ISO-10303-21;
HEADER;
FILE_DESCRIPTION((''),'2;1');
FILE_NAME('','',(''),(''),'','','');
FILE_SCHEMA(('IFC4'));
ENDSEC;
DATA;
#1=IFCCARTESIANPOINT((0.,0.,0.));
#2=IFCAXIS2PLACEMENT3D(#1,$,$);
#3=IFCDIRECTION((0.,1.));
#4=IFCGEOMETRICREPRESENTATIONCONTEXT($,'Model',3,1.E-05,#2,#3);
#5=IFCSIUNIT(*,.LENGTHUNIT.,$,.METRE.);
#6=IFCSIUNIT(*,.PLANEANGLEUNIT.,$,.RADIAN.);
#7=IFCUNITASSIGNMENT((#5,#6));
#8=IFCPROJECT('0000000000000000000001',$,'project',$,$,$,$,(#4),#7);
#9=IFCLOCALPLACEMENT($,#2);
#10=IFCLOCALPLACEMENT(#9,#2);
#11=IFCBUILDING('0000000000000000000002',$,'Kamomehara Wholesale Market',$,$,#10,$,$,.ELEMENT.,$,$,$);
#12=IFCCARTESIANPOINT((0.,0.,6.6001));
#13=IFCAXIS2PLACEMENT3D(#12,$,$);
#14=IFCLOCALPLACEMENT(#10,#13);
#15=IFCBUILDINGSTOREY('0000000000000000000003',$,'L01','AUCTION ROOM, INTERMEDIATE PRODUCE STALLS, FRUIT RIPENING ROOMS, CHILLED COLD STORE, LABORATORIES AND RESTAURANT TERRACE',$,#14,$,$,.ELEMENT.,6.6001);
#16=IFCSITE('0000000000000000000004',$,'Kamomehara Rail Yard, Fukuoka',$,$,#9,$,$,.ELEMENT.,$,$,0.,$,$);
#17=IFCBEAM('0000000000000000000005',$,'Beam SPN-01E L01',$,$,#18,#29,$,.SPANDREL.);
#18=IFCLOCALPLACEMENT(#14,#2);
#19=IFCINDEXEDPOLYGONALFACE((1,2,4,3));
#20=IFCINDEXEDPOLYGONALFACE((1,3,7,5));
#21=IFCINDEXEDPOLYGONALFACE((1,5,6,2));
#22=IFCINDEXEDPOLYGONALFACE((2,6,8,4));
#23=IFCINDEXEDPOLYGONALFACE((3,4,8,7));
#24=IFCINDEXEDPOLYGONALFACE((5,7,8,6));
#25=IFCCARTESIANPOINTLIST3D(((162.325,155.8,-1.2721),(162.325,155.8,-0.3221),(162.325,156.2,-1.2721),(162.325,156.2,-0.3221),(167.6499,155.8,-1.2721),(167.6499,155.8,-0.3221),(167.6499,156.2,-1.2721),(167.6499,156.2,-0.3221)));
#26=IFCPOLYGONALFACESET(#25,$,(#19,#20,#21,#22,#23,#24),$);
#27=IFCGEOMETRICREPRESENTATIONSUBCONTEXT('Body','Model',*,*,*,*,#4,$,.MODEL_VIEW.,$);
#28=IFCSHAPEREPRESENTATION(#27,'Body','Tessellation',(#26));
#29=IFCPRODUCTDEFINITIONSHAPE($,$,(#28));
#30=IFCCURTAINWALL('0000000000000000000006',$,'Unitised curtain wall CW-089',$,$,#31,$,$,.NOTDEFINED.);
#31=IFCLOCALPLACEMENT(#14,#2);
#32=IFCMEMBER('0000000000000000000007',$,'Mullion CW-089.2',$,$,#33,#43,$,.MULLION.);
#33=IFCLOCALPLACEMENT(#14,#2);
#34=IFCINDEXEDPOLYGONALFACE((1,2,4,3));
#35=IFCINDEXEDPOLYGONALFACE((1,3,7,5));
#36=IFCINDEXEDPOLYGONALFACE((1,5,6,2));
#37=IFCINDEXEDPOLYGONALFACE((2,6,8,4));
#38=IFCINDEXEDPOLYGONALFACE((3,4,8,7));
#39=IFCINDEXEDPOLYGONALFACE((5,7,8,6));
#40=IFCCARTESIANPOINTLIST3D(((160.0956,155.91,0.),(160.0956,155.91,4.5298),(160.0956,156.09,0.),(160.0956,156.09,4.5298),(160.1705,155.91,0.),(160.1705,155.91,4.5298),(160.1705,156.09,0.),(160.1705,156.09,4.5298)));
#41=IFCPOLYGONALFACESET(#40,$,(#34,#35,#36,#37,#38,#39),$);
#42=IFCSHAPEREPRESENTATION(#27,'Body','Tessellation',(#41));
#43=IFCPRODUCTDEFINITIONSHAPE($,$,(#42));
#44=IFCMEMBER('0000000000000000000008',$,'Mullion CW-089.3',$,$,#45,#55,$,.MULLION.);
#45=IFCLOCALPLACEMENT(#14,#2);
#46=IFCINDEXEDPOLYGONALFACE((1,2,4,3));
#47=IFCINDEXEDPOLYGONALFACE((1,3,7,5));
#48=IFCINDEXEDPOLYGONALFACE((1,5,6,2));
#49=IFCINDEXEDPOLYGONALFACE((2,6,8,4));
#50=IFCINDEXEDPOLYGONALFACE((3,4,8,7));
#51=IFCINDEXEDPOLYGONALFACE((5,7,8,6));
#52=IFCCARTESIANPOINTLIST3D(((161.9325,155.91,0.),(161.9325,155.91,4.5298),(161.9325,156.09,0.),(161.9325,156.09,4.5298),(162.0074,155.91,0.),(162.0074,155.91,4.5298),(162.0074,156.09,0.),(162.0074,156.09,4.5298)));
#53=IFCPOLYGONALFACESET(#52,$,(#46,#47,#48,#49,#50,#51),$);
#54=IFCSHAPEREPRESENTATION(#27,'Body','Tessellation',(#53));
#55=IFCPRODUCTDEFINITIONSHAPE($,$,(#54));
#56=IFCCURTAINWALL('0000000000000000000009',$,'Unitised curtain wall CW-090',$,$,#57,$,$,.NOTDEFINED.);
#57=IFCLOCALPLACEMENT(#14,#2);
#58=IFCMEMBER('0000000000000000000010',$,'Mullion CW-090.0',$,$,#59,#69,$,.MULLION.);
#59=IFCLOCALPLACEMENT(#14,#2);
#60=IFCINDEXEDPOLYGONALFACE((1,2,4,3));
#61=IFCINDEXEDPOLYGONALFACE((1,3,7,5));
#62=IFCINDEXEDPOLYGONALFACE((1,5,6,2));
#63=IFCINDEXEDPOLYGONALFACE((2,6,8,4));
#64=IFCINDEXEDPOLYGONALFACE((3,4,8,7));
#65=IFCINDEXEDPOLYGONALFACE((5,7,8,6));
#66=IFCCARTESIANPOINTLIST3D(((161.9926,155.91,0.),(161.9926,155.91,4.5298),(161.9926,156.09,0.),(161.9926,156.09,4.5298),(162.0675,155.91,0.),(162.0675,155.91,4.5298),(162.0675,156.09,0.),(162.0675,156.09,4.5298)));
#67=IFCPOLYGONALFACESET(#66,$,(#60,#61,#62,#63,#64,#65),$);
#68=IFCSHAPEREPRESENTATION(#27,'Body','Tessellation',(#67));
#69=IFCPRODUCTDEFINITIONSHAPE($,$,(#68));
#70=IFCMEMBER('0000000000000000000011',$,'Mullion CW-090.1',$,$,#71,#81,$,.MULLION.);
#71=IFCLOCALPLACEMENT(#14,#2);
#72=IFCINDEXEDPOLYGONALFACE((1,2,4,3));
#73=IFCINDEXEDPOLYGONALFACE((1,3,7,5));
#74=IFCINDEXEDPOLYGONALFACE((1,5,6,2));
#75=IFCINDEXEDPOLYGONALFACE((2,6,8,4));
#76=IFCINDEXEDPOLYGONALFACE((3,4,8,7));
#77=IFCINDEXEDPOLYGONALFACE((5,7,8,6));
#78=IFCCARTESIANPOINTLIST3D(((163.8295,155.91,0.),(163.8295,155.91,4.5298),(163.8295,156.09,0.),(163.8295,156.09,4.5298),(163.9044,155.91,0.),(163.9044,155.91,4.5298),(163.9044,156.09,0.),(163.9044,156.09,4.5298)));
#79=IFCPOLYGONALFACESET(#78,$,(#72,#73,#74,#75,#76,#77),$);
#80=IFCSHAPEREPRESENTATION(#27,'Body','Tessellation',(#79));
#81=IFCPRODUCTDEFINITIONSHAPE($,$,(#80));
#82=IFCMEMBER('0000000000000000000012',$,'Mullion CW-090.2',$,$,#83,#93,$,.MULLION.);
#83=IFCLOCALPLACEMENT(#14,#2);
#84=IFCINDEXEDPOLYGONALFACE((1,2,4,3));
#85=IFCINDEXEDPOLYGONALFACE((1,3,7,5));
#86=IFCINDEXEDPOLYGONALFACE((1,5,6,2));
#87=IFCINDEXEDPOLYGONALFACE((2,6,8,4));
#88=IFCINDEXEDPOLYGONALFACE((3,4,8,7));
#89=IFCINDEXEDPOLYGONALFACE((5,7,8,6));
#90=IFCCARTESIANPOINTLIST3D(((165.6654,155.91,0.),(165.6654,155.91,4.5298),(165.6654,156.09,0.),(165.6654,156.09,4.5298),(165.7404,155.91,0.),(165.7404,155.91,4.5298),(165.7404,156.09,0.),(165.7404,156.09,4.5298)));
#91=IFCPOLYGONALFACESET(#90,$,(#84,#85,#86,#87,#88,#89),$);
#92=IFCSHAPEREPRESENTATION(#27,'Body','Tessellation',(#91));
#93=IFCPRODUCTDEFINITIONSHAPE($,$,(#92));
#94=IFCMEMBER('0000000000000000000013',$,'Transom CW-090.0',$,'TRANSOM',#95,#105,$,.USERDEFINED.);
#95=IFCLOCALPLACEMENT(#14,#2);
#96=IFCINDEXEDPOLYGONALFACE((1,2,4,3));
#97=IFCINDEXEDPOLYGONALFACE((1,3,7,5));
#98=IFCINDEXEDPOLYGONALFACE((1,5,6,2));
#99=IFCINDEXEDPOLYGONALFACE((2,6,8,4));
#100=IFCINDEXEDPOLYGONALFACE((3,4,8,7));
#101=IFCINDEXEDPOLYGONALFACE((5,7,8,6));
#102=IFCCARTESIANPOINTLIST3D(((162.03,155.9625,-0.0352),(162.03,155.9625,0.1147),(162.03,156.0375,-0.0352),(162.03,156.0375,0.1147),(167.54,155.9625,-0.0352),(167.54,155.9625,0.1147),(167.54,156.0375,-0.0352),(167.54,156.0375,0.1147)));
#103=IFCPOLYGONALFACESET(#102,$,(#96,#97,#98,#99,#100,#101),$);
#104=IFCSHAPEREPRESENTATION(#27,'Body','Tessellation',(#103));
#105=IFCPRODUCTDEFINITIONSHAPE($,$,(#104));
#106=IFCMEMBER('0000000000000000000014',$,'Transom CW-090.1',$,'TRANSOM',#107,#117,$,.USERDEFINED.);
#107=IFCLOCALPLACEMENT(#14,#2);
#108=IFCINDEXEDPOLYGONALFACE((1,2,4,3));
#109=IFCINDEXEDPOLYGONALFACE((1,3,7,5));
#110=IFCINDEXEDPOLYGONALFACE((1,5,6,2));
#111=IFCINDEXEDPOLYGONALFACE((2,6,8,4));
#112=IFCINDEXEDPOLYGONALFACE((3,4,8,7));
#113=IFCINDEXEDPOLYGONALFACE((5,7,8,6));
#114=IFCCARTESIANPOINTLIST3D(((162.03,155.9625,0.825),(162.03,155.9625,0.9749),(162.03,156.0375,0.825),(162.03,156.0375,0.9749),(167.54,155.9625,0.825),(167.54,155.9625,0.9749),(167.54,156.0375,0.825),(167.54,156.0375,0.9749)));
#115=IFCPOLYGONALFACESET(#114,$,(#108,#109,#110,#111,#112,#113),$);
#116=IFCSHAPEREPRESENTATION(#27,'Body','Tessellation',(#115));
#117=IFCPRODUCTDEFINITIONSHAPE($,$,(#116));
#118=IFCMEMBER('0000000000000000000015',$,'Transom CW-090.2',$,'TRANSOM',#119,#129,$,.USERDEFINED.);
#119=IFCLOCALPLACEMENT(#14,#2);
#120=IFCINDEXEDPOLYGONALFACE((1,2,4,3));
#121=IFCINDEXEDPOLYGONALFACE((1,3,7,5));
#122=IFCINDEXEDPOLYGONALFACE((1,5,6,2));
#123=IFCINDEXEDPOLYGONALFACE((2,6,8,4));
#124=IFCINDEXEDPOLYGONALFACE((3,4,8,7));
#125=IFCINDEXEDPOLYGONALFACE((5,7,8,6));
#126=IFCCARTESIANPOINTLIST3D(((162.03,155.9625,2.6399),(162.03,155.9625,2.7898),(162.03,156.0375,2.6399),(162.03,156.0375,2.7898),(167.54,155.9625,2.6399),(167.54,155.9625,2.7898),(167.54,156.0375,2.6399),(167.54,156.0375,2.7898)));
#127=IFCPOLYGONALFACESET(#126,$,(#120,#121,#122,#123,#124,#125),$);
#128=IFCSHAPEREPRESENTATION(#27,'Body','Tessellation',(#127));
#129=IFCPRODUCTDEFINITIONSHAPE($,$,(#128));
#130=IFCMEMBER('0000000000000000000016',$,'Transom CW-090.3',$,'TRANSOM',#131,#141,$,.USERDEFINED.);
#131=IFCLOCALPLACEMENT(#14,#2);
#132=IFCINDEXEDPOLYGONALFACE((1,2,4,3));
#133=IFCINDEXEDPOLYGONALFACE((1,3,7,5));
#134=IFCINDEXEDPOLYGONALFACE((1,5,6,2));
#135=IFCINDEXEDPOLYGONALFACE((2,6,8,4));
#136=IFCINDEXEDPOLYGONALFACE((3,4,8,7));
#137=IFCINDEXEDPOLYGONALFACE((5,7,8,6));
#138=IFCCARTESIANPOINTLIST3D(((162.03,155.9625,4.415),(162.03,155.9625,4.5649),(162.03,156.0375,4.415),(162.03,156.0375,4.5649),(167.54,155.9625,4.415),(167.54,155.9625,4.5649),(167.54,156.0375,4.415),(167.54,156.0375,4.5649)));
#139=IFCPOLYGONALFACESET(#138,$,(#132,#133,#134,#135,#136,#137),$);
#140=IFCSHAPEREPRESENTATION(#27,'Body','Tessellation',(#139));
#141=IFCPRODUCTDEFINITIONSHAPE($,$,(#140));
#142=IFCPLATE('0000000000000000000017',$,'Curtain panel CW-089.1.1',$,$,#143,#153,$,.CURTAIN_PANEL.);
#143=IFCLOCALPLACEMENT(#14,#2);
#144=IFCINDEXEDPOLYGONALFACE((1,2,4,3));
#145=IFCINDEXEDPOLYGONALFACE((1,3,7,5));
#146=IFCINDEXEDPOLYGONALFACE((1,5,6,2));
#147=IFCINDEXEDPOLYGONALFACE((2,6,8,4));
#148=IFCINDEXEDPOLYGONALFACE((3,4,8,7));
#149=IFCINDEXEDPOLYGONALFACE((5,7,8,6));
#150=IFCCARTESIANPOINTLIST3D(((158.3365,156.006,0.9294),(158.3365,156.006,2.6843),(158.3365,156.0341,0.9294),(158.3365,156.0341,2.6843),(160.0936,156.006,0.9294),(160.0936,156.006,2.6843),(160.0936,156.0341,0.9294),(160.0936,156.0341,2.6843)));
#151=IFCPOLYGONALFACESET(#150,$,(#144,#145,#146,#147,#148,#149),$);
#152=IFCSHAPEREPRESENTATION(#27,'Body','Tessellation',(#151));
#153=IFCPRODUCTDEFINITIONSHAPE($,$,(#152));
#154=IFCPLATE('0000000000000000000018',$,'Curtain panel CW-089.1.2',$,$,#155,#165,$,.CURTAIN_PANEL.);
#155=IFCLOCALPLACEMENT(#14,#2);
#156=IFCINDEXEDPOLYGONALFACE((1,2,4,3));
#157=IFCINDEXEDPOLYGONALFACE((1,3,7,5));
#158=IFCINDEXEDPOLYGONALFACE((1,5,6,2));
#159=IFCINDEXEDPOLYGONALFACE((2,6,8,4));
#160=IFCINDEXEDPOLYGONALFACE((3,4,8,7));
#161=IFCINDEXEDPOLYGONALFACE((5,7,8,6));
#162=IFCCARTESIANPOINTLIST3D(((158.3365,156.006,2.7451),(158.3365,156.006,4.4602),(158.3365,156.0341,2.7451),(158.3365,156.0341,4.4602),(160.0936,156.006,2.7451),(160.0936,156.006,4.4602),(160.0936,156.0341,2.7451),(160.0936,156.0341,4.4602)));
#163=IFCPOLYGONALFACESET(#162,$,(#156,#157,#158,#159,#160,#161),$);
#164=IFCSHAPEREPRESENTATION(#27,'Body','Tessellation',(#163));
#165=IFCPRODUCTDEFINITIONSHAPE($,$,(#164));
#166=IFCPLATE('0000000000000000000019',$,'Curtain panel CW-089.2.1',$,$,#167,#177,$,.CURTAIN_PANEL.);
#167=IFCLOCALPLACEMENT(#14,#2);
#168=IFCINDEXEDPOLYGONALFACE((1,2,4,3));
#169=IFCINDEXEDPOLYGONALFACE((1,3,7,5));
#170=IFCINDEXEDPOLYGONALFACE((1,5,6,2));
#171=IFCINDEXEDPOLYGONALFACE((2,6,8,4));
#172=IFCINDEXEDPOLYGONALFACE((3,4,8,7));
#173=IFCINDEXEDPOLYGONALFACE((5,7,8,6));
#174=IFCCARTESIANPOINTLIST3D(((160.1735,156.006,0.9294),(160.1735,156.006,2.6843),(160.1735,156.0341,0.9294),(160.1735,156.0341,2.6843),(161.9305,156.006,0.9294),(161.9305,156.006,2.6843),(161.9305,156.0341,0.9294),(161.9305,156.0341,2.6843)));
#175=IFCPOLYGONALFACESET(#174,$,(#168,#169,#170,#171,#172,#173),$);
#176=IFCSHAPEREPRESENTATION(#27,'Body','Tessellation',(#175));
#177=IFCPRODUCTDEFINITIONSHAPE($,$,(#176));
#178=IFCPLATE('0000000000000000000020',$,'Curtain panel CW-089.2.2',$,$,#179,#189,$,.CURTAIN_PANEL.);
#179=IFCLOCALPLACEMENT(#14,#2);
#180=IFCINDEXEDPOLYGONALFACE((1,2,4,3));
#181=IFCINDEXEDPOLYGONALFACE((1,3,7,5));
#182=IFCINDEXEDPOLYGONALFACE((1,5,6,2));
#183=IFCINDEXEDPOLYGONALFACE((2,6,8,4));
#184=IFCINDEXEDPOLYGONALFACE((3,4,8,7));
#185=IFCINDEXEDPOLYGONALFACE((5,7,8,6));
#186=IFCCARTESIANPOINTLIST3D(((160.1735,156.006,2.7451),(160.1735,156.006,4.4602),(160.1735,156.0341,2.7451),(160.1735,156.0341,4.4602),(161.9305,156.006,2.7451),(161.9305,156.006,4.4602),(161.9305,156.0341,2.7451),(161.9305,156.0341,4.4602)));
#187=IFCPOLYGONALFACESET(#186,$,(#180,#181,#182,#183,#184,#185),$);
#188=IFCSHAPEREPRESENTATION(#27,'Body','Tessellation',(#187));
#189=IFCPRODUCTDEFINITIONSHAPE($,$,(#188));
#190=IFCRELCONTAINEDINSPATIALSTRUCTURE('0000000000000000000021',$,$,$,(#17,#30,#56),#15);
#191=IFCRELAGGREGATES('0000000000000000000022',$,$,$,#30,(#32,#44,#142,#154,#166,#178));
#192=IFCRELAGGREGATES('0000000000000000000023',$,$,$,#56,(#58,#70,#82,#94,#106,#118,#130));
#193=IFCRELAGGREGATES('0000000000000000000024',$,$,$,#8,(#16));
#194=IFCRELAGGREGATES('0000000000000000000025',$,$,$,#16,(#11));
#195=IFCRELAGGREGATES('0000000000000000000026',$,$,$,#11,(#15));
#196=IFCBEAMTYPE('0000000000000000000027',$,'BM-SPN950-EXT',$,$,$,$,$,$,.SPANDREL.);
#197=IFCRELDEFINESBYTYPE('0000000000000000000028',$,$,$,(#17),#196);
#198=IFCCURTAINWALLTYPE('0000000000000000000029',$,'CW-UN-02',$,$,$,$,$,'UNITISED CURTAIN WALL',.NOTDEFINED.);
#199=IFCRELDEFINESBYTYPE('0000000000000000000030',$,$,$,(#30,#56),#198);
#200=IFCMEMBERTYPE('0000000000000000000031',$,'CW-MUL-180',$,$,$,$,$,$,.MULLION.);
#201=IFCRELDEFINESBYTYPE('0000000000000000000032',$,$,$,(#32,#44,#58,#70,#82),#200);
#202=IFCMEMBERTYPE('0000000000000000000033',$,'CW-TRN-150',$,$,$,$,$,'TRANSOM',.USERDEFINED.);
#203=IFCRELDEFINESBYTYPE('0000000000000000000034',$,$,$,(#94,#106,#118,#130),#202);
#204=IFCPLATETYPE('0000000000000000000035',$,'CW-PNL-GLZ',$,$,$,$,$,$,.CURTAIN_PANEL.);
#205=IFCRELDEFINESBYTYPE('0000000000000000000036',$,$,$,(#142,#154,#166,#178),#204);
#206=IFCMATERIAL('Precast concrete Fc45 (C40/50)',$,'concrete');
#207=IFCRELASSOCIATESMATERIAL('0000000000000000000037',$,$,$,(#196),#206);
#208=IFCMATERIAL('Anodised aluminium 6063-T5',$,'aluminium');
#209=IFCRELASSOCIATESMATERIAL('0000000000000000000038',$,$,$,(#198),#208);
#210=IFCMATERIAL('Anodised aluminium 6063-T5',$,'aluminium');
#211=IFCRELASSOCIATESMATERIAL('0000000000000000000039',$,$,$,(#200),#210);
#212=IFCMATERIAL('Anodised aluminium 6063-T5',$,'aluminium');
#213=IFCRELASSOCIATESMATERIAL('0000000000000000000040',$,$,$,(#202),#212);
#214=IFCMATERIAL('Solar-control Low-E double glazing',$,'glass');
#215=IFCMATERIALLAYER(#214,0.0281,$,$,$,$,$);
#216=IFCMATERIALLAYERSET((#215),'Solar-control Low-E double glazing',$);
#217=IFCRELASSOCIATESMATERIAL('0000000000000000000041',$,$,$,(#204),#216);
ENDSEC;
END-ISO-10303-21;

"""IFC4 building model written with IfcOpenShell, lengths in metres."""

from ifc_helpers import new_model, si_unit, direction, frame, origin, origin_2d, place, context, subcontext, project, spatial, rectangle, extrude, material, layer, layer_set, material_profile, profile_set, type_object, element, aggregate, save


model = new_model("IFC4")

# Units and contexts
model_context = context("Model", 3, precision=1e-05, world=origin(), true_north=direction((0.0, 1.0)))
body_context = subcontext(model_context, "Body", "Model", "MODEL_VIEW")
ifc_project = project(units=[si_unit("LENGTHUNIT", "METRE"), si_unit("PLANEANGLEUNIT", "RADIAN")], contexts=[model_context])

# Site, building, storey
site_placement = place(None, origin())
site = spatial("IfcSite", under=ifc_project, at=site_placement, Name="Kamomehara Rail Yard, Fukuoka", CompositionType="ELEMENT", RefElevation=0.0)
building_placement = place(site_placement, origin())
building = spatial("IfcBuilding", under=site, at=building_placement, Name="Kamomehara Wholesale Market", CompositionType="ELEMENT")
storey_placement = place(building_placement, frame((0.0, 0.0, 6.6001)))
storey = spatial("IfcBuildingStorey", under=building, at=storey_placement, Name="L01", Description="AUCTION ROOM, INTERMEDIATE PRODUCE STALLS, FRUIT RIPENING ROOMS, CHILLED COLD STORE, LABORATORIES AND RESTAURANT TERRACE", CompositionType="ELEMENT", Elevation=6.6001)

# Beam
ifc_material_1 = material(Name="Precast concrete Fc45 (C40/50)", Category="concrete")
ifc_material_profile_1 = material_profile(ifc_material_1, rectangle(XDim=0.3999, YDim=0.95, at=origin_2d()), Name="PC-SPN-400x950")
ifc_profile_set_1 = profile_set([ifc_material_profile_1], Name="Precast concrete Fc45 (C40/50)")
beam_type = type_object("IfcBeamType", Name="BM-SPN950-EXT", PredefinedType="SPANDREL", material=ifc_profile_set_1)
beam_placement = place(storey_placement, frame((162.325, 156.0, -0.7971), z_axis=(1.0, 0.0, 0.0), x_axis=(0.0, 1.0, 0.0)))
element("IfcBeam", 1, at=beam_placement, inside=storey, type_object=beam_type, Name="Beam SPN-01E L01", PredefinedType="SPANDREL", context=body_context, shape_type="SweptSolid", body=[
    extrude(rectangle(XDim=0.3999, YDim=0.95, at=origin_2d()), origin(), (0.0, 0.0, 1.0), 5.325),
])

# Curtain walls, members
ifc_material_2 = material(Name="Anodised aluminium 6063-T5", Category="aluminium")
curtain_wall_type = type_object("IfcCurtainWallType", Name="CW-UN-02", ElementType="UNITISED CURTAIN WALL", PredefinedType="NOTDEFINED", material=ifc_material_2)
curtain_wall_1_placement = place(storey_placement, origin())
curtain_wall_1 = element("IfcCurtainWall", 2, at=curtain_wall_1_placement, inside=storey, type_object=curtain_wall_type, Name="Unitised curtain wall CW-089", PredefinedType="NOTDEFINED")
ifc_material_3 = material(Name="Anodised aluminium 6063-T5", Category="aluminium")
ifc_material_profile_2 = material_profile(ifc_material_3, rectangle(XDim=0.075, YDim=0.1799, at=origin_2d()), Name="ALU-MUL-75x180")
ifc_profile_set_2 = profile_set([ifc_material_profile_2], Name="Anodised aluminium 6063-T5")
member_type_1 = type_object("IfcMemberType", Name="CW-MUL-180", PredefinedType="MULLION", material=ifc_profile_set_2)
member_1_placement = place(storey_placement, frame((160.1331, 156.0, 0.0), z_axis=(0.0, 0.0, 1.0), x_axis=(1.0, 0.0, 0.0)))
member_1 = element("IfcMember", 3, at=member_1_placement, type_object=member_type_1, Name="Mullion CW-089.2", PredefinedType="MULLION", context=body_context, shape_type="SweptSolid", body=[
    extrude(rectangle(XDim=0.075, YDim=0.1799, at=origin_2d()), origin(), (0.0, 0.0, 1.0), 4.5298),
])
member_2_placement = place(storey_placement, frame((161.97, 156.0, 0.0), z_axis=(0.0, 0.0, 1.0), x_axis=(1.0, 0.0, 0.0)))
member_2 = element("IfcMember", 4, at=member_2_placement, type_object=member_type_1, Name="Mullion CW-089.3", PredefinedType="MULLION", context=body_context, shape_type="SweptSolid", body=[
    extrude(rectangle(XDim=0.075, YDim=0.1799, at=origin_2d()), origin(), (0.0, 0.0, 1.0), 4.5298),
])
curtain_wall_2_placement = place(storey_placement, origin())
curtain_wall_2 = element("IfcCurtainWall", 5, at=curtain_wall_2_placement, inside=storey, type_object=curtain_wall_type, Name="Unitised curtain wall CW-090", PredefinedType="NOTDEFINED")
member_3_placement = place(storey_placement, frame((162.03, 156.0, 0.0), z_axis=(0.0, 0.0, 1.0), x_axis=(1.0, 0.0, 0.0)))
member_3 = element("IfcMember", 6, at=member_3_placement, type_object=member_type_1, Name="Mullion CW-090.0", PredefinedType="MULLION", context=body_context, shape_type="SweptSolid", body=[
    extrude(rectangle(XDim=0.075, YDim=0.1799, at=origin_2d()), origin(), (0.0, 0.0, 1.0), 4.5298),
])
member_4_placement = place(storey_placement, frame((163.8669, 156.0, 0.0), z_axis=(0.0, 0.0, 1.0), x_axis=(1.0, 0.0, 0.0)))
member_4 = element("IfcMember", 7, at=member_4_placement, type_object=member_type_1, Name="Mullion CW-090.1", PredefinedType="MULLION", context=body_context, shape_type="SweptSolid", body=[
    extrude(rectangle(XDim=0.075, YDim=0.1799, at=origin_2d()), origin(), (0.0, 0.0, 1.0), 4.5298),
])
member_5_placement = place(storey_placement, frame((165.7029, 156.0, 0.0), z_axis=(0.0, 0.0, 1.0), x_axis=(1.0, 0.0, 0.0)))
member_5 = element("IfcMember", 8, at=member_5_placement, type_object=member_type_1, Name="Mullion CW-090.2", PredefinedType="MULLION", context=body_context, shape_type="SweptSolid", body=[
    extrude(rectangle(XDim=0.075, YDim=0.1799, at=origin_2d()), origin(), (0.0, 0.0, 1.0), 4.5298),
])
ifc_material_4 = material(Name="Anodised aluminium 6063-T5", Category="aluminium")
ifc_material_profile_3 = material_profile(ifc_material_4, rectangle(XDim=0.075, YDim=0.1499, at=origin_2d()), Name="ALU-TRN-75x150")
ifc_profile_set_3 = profile_set([ifc_material_profile_3], Name="Anodised aluminium 6063-T5")
member_type_2 = type_object("IfcMemberType", Name="CW-TRN-150", ElementType="TRANSOM", PredefinedType="USERDEFINED", material=ifc_profile_set_3)
member_6_placement = place(storey_placement, frame((162.03, 156.0, 0.0398), z_axis=(1.0, 0.0, 0.0), x_axis=(0.0, 1.0, 0.0)))
member_6 = element("IfcMember", 9, at=member_6_placement, type_object=member_type_2, Name="Transom CW-090.0", ObjectType="TRANSOM", PredefinedType="USERDEFINED", context=body_context, shape_type="SweptSolid", body=[
    extrude(rectangle(XDim=0.075, YDim=0.1499, at=origin_2d()), origin(), (0.0, 0.0, 1.0), 5.51),
])
member_7_placement = place(storey_placement, frame((162.03, 156.0, 0.8999), z_axis=(1.0, 0.0, 0.0), x_axis=(0.0, 1.0, 0.0)))
member_7 = element("IfcMember", 10, at=member_7_placement, type_object=member_type_2, Name="Transom CW-090.1", ObjectType="TRANSOM", PredefinedType="USERDEFINED", context=body_context, shape_type="SweptSolid", body=[
    extrude(rectangle(XDim=0.075, YDim=0.1499, at=origin_2d()), origin(), (0.0, 0.0, 1.0), 5.51),
])
member_8_placement = place(storey_placement, frame((162.03, 156.0, 2.7148), z_axis=(1.0, 0.0, 0.0), x_axis=(0.0, 1.0, 0.0)))
member_8 = element("IfcMember", 11, at=member_8_placement, type_object=member_type_2, Name="Transom CW-090.2", ObjectType="TRANSOM", PredefinedType="USERDEFINED", context=body_context, shape_type="SweptSolid", body=[
    extrude(rectangle(XDim=0.075, YDim=0.1499, at=origin_2d()), origin(), (0.0, 0.0, 1.0), 5.51),
])
member_9_placement = place(storey_placement, frame((162.03, 156.0, 4.49), z_axis=(1.0, 0.0, 0.0), x_axis=(0.0, 1.0, 0.0)))
member_9 = element("IfcMember", 12, at=member_9_placement, type_object=member_type_2, Name="Transom CW-090.3", ObjectType="TRANSOM", PredefinedType="USERDEFINED", context=body_context, shape_type="SweptSolid", body=[
    extrude(rectangle(XDim=0.075, YDim=0.1499, at=origin_2d()), origin(), (0.0, 0.0, 1.0), 5.51),
])

# Plates
ifc_material_5 = material(Name="Solar-control Low-E double glazing", Category="glass")
ifc_layer_1 = layer(ifc_material_5, 0.0281)
ifc_layer_set_1 = layer_set([ifc_layer_1], Name="Solar-control Low-E double glazing")
plate_type_1 = type_object("IfcPlateType", Name="CW-PNL-GLZ", PredefinedType="CURTAIN_PANEL", material=ifc_layer_set_1)
plate_1_placement = place(storey_placement, frame((159.2151, 156.02, 0.9294), z_axis=(0.0, 0.0, 1.0), x_axis=(1.0, 0.0, 0.0)))
plate_1 = element("IfcPlate", 13, at=plate_1_placement, type_object=plate_type_1, Name="Curtain panel CW-089.1.1", PredefinedType="CURTAIN_PANEL", context=body_context, shape_type="SweptSolid", body=[
    extrude(rectangle(XDim=1.7571, YDim=0.0281, at=origin_2d()), origin(), (0.0, 0.0, 1.0), 1.7549),
])
plate_2_placement = place(storey_placement, frame((159.2151, 156.02, 2.7451), z_axis=(0.0, 0.0, 1.0), x_axis=(1.0, 0.0, 0.0)))
plate_2 = element("IfcPlate", 14, at=plate_2_placement, type_object=plate_type_1, Name="Curtain panel CW-089.1.2", PredefinedType="CURTAIN_PANEL", context=body_context, shape_type="SweptSolid", body=[
    extrude(rectangle(XDim=1.7571, YDim=0.0281, at=origin_2d()), origin(), (0.0, 0.0, 1.0), 1.7151),
])
plate_3_placement = place(storey_placement, frame((161.052, 156.02, 0.9294), z_axis=(0.0, 0.0, 1.0), x_axis=(1.0, 0.0, 0.0)))
plate_3 = element("IfcPlate", 15, at=plate_3_placement, type_object=plate_type_1, Name="Curtain panel CW-089.2.1", PredefinedType="CURTAIN_PANEL", context=body_context, shape_type="SweptSolid", body=[
    extrude(rectangle(XDim=1.7571, YDim=0.0281, at=origin_2d()), origin(), (0.0, 0.0, 1.0), 1.7549),
])
plate_4_placement = place(storey_placement, frame((161.052, 156.02, 2.7451), z_axis=(0.0, 0.0, 1.0), x_axis=(1.0, 0.0, 0.0)))
plate_4 = element("IfcPlate", 16, at=plate_4_placement, type_object=plate_type_1, Name="Curtain panel CW-089.2.2", PredefinedType="CURTAIN_PANEL", context=body_context, shape_type="SweptSolid", body=[
    extrude(rectangle(XDim=1.7571, YDim=0.0281, at=origin_2d()), origin(), (0.0, 0.0, 1.0), 1.7151),
])
aggregate(curtain_wall_1, [member_1, member_2, plate_1, plate_2, plate_3, plate_4])
aggregate(curtain_wall_2, [member_3, member_4, member_5, member_6, member_7, member_8, member_9])

save(model, "model.ifc")
